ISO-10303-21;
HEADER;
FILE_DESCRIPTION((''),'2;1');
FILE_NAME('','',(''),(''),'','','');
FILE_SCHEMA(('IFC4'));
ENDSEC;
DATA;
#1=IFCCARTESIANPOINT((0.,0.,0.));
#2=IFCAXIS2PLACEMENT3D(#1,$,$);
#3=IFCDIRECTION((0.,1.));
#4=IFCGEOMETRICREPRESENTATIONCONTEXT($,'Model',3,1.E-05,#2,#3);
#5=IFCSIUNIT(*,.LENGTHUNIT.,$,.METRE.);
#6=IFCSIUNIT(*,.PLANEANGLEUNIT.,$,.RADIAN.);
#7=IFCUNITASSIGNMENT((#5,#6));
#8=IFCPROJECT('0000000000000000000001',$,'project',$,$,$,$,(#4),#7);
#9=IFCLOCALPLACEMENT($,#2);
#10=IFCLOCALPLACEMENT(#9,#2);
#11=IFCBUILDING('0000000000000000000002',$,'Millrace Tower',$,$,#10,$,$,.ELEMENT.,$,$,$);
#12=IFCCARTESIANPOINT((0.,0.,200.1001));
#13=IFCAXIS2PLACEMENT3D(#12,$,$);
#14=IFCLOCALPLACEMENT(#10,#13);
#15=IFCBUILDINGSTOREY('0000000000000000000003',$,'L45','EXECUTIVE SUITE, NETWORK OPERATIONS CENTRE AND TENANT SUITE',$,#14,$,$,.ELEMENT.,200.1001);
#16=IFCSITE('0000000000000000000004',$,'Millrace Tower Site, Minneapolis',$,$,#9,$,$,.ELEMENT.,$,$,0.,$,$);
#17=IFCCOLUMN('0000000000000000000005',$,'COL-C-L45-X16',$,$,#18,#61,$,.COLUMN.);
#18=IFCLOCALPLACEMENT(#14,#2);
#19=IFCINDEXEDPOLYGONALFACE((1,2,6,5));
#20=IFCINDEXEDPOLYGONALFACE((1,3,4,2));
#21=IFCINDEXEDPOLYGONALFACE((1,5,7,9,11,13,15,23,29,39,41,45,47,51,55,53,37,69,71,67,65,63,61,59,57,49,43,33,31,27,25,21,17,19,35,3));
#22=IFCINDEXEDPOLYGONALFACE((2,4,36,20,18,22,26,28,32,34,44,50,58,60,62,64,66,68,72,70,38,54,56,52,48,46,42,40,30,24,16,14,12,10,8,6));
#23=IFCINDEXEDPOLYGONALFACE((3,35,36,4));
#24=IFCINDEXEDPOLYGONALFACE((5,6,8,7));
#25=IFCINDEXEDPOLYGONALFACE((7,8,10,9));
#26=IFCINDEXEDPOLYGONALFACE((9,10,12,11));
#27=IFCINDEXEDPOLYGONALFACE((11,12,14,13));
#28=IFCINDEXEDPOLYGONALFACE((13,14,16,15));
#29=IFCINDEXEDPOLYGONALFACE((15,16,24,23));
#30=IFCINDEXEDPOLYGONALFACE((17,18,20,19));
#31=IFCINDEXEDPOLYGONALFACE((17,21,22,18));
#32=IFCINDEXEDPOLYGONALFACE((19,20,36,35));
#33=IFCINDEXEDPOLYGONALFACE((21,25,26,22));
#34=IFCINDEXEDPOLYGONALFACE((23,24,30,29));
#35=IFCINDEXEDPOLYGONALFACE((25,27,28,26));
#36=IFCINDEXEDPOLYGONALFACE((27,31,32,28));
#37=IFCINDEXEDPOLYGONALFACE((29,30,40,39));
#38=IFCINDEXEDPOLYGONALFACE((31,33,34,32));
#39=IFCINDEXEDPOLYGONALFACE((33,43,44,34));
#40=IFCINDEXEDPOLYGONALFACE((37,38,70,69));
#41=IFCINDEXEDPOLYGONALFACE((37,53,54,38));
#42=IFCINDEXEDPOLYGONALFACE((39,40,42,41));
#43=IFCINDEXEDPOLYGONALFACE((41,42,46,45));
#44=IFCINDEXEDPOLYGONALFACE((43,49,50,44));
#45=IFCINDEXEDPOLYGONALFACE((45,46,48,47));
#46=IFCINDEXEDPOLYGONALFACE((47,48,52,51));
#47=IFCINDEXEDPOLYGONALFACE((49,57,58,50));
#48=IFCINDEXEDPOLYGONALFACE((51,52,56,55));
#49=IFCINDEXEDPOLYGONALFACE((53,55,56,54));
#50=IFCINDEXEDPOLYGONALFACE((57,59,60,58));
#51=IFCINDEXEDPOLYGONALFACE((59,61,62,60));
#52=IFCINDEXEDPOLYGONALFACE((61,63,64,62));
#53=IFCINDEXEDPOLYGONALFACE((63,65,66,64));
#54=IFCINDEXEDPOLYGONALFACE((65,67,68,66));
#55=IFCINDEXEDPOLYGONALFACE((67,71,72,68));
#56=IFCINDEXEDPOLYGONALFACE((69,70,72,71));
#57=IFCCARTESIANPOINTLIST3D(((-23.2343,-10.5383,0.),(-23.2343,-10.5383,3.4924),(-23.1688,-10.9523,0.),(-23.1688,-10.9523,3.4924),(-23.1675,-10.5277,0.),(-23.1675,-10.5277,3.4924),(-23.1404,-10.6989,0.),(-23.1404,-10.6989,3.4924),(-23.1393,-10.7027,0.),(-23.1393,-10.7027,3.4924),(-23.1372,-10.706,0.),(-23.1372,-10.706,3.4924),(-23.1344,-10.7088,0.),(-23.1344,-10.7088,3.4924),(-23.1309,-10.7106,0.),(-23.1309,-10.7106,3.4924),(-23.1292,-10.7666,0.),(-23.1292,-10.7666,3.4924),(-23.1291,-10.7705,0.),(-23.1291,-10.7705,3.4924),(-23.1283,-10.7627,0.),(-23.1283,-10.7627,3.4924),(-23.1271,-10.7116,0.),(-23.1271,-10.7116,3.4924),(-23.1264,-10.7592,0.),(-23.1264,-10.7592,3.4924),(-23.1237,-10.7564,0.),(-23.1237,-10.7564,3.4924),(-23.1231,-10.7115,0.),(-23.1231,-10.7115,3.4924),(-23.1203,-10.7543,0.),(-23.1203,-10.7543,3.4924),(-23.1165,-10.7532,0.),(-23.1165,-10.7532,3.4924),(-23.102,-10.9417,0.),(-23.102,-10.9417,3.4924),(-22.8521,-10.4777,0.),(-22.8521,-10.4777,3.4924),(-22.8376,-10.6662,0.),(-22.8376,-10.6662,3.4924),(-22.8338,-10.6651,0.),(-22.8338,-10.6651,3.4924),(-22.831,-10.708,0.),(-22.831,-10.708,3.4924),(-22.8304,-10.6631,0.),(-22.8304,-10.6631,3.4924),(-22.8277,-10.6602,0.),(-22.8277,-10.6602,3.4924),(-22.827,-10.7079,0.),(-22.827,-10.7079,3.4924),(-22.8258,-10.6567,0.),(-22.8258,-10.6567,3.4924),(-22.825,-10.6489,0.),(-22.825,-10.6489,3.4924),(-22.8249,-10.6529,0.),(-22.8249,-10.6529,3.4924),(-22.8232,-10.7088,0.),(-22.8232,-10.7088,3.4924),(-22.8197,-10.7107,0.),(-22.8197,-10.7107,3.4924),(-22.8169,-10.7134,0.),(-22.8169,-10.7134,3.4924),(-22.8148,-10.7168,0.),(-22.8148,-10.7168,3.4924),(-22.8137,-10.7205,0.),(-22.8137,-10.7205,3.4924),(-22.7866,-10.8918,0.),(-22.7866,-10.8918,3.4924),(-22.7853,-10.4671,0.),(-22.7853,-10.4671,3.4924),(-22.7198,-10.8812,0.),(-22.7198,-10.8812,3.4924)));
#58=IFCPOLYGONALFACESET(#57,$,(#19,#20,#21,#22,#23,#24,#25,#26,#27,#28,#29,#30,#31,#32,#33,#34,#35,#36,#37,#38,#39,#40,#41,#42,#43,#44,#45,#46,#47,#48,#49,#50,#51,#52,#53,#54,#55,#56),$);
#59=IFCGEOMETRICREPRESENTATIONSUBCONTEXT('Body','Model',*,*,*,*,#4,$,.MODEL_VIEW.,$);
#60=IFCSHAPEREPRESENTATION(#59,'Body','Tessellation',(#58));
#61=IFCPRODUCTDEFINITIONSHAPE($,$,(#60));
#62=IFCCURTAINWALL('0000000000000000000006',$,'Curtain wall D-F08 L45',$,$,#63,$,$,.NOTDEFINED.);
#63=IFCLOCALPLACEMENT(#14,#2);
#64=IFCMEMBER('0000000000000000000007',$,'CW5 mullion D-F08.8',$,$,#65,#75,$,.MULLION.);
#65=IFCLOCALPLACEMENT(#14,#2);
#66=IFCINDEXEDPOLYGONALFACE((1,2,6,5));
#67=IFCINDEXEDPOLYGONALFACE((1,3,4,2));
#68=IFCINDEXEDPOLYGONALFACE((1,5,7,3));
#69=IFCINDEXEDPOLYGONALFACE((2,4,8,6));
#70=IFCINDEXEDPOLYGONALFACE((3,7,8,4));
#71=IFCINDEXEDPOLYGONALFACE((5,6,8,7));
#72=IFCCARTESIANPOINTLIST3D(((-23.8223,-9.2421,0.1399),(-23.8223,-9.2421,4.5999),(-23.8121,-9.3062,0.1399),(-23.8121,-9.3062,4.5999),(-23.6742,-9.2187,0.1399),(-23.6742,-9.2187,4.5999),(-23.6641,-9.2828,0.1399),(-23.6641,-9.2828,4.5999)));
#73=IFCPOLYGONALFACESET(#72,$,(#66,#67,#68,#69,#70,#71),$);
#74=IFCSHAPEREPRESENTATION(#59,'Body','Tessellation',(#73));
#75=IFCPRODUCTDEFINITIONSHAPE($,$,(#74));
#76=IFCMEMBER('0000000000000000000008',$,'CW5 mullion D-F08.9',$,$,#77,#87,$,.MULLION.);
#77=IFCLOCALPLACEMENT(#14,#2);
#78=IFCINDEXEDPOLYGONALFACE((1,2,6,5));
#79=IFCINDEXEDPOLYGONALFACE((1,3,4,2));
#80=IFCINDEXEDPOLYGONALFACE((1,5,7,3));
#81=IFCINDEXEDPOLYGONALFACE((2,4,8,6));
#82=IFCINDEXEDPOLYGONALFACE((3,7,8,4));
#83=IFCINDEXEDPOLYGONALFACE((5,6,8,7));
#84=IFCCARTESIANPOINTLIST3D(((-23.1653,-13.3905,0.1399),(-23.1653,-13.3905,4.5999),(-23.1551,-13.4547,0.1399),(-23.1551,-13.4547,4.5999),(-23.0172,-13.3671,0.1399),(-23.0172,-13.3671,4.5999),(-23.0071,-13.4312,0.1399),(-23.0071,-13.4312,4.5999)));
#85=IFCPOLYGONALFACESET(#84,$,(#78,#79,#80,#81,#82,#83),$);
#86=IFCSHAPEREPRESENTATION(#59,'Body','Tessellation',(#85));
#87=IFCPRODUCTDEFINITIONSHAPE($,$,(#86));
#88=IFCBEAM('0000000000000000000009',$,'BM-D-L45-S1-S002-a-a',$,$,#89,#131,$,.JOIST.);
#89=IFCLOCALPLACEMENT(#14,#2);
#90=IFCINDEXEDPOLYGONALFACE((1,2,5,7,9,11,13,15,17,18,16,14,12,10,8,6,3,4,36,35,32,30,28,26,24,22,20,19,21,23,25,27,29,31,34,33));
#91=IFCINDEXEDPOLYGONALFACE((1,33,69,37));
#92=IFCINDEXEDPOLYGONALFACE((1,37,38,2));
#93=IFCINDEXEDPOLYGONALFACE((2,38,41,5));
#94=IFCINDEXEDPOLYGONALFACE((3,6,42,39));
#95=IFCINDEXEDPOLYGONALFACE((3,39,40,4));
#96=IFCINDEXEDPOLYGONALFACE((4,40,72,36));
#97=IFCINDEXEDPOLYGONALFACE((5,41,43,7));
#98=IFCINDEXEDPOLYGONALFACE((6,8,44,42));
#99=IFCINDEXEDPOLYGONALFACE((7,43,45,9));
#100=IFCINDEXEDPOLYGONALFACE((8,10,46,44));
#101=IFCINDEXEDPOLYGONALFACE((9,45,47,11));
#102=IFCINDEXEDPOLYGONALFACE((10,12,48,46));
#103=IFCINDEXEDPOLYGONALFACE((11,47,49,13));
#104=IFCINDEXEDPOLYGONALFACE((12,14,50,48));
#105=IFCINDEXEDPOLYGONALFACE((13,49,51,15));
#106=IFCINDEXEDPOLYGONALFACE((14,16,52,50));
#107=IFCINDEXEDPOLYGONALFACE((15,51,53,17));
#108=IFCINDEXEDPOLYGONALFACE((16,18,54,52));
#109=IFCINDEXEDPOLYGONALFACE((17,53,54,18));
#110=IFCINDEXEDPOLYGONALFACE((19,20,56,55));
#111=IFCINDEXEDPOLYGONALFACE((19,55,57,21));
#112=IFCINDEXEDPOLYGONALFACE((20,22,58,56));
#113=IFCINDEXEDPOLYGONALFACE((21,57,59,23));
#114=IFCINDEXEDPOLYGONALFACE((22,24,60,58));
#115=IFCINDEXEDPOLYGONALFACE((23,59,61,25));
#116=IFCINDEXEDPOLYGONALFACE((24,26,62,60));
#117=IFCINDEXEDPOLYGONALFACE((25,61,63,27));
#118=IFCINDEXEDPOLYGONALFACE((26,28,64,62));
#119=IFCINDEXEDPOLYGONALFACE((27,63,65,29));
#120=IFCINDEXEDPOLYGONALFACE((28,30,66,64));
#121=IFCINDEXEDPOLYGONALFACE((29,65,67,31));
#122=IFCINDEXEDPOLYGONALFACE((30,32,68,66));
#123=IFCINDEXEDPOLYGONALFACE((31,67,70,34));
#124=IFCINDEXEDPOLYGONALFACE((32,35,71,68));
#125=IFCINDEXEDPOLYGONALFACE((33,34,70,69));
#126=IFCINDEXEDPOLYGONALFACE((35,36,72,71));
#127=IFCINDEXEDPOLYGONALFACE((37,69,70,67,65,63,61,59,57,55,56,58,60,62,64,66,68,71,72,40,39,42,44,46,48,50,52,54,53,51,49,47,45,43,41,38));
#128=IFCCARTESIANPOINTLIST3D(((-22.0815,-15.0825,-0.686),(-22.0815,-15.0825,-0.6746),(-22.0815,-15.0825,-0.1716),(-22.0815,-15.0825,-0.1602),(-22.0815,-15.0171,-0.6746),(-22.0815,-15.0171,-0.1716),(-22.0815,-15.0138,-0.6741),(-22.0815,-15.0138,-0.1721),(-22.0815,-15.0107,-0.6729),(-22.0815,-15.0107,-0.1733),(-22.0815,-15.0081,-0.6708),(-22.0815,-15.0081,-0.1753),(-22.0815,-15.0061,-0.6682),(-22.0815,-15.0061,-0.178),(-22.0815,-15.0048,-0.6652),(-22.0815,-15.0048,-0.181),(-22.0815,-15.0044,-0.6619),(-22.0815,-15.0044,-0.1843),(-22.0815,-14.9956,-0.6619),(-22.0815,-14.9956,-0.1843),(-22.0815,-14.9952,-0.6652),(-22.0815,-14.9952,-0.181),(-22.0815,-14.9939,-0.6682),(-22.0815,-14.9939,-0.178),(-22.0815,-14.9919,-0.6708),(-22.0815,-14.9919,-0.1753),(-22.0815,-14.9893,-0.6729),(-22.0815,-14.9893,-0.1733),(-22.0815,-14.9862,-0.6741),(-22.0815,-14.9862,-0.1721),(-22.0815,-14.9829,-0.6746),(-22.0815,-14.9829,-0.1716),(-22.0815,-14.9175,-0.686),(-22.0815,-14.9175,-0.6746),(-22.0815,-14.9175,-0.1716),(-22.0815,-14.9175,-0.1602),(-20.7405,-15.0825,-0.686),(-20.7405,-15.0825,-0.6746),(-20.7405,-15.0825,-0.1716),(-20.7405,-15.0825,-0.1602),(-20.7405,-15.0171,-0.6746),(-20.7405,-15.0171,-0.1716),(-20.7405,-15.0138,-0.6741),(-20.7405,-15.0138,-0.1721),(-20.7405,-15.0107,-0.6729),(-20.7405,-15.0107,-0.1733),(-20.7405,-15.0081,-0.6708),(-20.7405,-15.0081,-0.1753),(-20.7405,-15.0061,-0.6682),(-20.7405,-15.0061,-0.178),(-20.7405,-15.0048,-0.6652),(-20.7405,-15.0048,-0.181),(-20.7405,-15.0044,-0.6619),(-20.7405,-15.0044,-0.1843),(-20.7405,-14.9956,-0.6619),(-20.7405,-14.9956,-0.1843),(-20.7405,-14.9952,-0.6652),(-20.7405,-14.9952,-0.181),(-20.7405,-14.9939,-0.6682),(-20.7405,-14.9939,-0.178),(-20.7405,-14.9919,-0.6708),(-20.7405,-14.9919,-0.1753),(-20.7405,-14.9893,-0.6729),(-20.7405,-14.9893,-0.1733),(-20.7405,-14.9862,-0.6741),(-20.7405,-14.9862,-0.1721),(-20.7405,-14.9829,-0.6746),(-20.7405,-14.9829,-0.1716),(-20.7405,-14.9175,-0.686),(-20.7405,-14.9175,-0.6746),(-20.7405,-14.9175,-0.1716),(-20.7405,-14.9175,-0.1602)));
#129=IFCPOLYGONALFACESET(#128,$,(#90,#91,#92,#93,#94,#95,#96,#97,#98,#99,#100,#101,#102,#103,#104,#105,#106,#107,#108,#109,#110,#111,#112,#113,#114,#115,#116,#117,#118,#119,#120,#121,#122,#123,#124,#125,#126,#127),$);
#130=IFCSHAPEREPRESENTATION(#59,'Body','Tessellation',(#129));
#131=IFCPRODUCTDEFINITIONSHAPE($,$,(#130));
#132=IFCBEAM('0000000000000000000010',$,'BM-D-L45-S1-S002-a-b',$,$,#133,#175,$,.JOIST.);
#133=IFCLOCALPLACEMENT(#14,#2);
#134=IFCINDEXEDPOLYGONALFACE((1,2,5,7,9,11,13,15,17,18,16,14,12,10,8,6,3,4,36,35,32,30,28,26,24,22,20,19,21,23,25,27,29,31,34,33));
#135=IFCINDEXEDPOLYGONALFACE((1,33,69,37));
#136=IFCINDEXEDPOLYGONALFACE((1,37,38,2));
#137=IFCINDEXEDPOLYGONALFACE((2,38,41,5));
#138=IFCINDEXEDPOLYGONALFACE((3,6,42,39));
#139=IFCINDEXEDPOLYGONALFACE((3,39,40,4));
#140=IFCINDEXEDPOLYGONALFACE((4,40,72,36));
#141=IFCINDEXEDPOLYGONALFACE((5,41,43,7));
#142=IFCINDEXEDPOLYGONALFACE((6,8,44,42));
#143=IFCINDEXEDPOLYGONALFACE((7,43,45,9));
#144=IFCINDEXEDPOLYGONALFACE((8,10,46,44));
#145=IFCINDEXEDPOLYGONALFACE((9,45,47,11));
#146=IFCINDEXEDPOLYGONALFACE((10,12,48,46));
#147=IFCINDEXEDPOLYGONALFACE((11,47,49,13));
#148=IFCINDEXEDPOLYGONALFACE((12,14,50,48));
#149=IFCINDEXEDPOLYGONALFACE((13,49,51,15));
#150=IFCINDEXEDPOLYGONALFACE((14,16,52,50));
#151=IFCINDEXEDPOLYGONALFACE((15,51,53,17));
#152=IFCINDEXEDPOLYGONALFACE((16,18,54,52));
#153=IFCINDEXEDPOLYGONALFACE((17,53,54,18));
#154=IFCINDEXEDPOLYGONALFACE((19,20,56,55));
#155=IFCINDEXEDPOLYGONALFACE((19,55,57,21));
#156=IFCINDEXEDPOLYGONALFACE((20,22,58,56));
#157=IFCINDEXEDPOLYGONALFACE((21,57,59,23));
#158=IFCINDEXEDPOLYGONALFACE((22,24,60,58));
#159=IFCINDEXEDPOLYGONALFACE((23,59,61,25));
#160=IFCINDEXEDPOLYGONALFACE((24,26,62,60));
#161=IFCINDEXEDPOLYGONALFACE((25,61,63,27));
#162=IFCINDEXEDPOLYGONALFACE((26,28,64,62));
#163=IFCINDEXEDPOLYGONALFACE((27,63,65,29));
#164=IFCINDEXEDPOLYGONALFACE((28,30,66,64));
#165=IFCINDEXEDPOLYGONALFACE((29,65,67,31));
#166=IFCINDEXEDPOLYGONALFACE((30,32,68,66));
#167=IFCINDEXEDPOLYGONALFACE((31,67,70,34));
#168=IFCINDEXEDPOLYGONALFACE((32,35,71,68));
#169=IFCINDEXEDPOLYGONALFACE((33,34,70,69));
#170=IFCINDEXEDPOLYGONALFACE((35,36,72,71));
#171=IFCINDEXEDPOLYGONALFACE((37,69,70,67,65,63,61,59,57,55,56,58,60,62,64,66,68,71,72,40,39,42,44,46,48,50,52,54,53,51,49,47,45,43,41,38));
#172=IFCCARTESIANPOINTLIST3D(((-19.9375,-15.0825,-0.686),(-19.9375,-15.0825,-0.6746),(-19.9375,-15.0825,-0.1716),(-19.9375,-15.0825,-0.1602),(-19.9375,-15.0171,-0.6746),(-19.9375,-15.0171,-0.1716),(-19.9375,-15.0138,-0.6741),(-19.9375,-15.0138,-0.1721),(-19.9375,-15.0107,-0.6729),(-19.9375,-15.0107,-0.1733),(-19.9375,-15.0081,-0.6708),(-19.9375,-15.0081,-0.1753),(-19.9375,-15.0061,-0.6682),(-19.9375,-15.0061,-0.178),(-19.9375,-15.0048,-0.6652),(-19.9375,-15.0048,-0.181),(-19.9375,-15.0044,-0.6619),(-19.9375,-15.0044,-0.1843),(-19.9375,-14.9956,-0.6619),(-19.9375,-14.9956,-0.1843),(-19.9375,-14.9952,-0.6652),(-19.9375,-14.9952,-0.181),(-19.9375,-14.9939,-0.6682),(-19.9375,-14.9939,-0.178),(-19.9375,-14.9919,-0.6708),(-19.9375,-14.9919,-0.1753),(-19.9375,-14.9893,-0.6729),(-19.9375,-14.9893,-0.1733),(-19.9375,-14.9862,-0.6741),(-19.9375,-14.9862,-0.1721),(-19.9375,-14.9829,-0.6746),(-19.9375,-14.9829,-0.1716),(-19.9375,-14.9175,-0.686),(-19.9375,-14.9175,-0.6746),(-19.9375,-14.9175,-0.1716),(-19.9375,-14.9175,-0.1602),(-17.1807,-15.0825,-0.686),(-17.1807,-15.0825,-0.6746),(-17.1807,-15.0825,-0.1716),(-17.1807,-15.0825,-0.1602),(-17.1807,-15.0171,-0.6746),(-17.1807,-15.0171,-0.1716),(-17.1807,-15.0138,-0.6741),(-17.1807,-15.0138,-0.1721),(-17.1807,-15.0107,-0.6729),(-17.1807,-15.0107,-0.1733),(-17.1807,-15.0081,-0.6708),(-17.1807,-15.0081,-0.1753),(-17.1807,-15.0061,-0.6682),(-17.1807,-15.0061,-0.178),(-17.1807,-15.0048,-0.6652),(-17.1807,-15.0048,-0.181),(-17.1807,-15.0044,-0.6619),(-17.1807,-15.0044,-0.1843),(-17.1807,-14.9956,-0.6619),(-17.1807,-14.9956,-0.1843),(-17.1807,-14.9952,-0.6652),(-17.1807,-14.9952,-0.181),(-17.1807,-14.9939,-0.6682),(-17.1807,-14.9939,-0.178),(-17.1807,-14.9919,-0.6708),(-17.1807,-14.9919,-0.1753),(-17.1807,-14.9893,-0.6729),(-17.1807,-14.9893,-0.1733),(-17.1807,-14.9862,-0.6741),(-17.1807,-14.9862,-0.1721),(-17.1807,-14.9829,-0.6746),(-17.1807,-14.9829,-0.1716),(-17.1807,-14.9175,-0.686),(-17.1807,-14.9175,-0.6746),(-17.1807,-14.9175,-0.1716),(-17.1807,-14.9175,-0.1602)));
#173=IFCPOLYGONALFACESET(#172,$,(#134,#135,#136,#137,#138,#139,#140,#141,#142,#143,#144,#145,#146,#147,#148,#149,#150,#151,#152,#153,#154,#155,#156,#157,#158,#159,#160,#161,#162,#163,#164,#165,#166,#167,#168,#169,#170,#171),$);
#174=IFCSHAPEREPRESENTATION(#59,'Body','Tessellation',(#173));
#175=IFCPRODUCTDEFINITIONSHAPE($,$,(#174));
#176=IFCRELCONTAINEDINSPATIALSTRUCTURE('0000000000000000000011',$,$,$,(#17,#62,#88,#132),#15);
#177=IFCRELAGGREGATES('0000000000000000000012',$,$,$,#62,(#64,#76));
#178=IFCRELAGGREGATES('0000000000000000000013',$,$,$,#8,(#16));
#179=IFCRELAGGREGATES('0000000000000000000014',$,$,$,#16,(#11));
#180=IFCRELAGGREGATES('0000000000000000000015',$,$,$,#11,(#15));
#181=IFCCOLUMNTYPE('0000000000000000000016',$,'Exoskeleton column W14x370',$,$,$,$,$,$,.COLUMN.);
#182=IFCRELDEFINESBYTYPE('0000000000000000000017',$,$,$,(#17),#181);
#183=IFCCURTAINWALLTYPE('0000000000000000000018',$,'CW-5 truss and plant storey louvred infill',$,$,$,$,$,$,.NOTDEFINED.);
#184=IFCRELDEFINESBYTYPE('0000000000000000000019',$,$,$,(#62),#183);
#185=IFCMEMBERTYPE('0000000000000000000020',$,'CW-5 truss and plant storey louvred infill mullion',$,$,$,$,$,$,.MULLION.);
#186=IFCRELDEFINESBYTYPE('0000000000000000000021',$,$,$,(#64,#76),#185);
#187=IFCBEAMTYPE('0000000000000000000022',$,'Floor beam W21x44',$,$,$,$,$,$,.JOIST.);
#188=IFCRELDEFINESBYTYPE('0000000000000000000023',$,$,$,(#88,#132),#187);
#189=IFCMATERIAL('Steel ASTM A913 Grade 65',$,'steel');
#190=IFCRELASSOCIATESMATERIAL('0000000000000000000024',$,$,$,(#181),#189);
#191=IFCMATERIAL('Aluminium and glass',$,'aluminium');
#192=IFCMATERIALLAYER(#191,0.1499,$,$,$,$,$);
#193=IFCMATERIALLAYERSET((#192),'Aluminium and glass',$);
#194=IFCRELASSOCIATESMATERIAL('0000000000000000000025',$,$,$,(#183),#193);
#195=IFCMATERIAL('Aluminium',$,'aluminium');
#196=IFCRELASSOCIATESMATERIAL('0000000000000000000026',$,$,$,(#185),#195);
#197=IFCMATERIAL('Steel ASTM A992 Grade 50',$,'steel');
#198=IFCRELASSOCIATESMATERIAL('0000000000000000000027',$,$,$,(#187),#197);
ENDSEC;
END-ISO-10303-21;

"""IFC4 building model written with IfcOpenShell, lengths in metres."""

from ifc_helpers import new_model, si_unit, direction, frame, origin, origin_2d, place, context, subcontext, project, spatial, rectangle, i_section, extrude, material, layer, layer_set, material_profile, profile_set, type_object, element, aggregate, save


model = new_model("IFC4")

# Units and contexts
model_context = context("Model", 3, precision=1e-05, world=origin(), true_north=direction((0.0, 1.0)))
body_context = subcontext(model_context, "Body", "Model", "MODEL_VIEW")
ifc_project = project(units=[si_unit("LENGTHUNIT", "METRE"), si_unit("PLANEANGLEUNIT", "RADIAN")], contexts=[model_context])

# Site, building, storey
site_placement = place(None, origin())
site = spatial("IfcSite", under=ifc_project, at=site_placement, Name="Millrace Tower Site, Minneapolis", CompositionType="ELEMENT", RefElevation=0.0)
building_placement = place(site_placement, origin())
building = spatial("IfcBuilding", under=site, at=building_placement, Name="Millrace Tower", CompositionType="ELEMENT")
storey_placement = place(building_placement, frame((0.0, 0.0, 200.1001)))
storey = spatial("IfcBuildingStorey", under=building, at=storey_placement, Name="L45", Description="EXECUTIVE SUITE, NETWORK OPERATIONS CENTRE AND TENANT SUITE", CompositionType="ELEMENT", Elevation=200.1001)

# Column
ifc_material_1 = material(Name="Steel ASTM A913 Grade 65", Category="steel")
ifc_material_profile_1 = material_profile(ifc_material_1, i_section(OverallWidth=0.4192, OverallDepth=0.4546, WebThickness=0.0422, FlangeThickness=0.0676, FilletRadius=0.0151, at=origin_2d()))
ifc_profile_set_1 = profile_set([ifc_material_profile_1], Name="Steel ASTM A913 Grade 65")
column_type = type_object("IfcColumnType", Name="Exoskeleton column W14x370", PredefinedType="COLUMN", material=ifc_profile_set_1)
column_placement = place(storey_placement, frame((-22.9771, -10.7097, 0.0), z_axis=(0.0, 0.0, 1.0), x_axis=(0.156434, -0.987688, 0.0)))
element("IfcColumn", 1, at=column_placement, inside=storey, type_object=column_type, Name="COL-C-L45-X16", PredefinedType="COLUMN", context=body_context, shape_type="SweptSolid", body=[
    extrude(i_section(OverallWidth=0.4192, OverallDepth=0.4546, WebThickness=0.0422, FlangeThickness=0.0676, FilletRadius=0.0151, at=origin_2d()), origin(), (0.0, 0.0, 1.0), 3.4924),
])

# Curtain wall, members
ifc_material_2 = material(Name="Aluminium and glass", Category="aluminium")
ifc_layer_1 = layer(ifc_material_2, 0.1499)
ifc_layer_set_1 = layer_set([ifc_layer_1], Name="Aluminium and glass")
curtain_wall_type = type_object("IfcCurtainWallType", Name="CW-5 truss and plant storey louvred infill", PredefinedType="NOTDEFINED", material=ifc_layer_set_1)
curtain_wall_placement = place(storey_placement, origin())
curtain_wall = element("IfcCurtainWall", 2, at=curtain_wall_placement, inside=storey, type_object=curtain_wall_type, Name="Curtain wall D-F08 L45", PredefinedType="NOTDEFINED")
ifc_material_3 = material(Name="Aluminium", Category="aluminium")
ifc_material_profile_2 = material_profile(ifc_material_3, rectangle(XDim=0.0649, YDim=0.1499, at=origin_2d()))
ifc_profile_set_2 = profile_set([ifc_material_profile_2], Name="Aluminium")
member_type_1 = type_object("IfcMemberType", Name="CW-5 truss and plant storey louvred infill mullion", PredefinedType="MULLION", material=ifc_profile_set_2)
member_1_placement = place(storey_placement, frame((-23.7432, -9.2625, 0.1399), z_axis=(0.0, 0.0, 1.0), x_axis=(0.156434, -0.987688, 0.0)))
member_1 = element("IfcMember", 3, at=member_1_placement, type_object=member_type_1, Name="CW5 mullion D-F08.8", PredefinedType="MULLION", context=body_context, shape_type="SweptSolid", body=[
    extrude(rectangle(XDim=0.0649, YDim=0.1499, at=origin_2d()), origin(), (0.0, 0.0, 1.0), 4.46),
])
member_2_placement = place(storey_placement, frame((-23.0862, -13.4109, 0.1399), z_axis=(0.0, 0.0, 1.0), x_axis=(0.156434, -0.987688, 0.0)))
member_2 = element("IfcMember", 4, at=member_2_placement, type_object=member_type_1, Name="CW5 mullion D-F08.9", PredefinedType="MULLION", context=body_context, shape_type="SweptSolid", body=[
    extrude(rectangle(XDim=0.0649, YDim=0.1499, at=origin_2d()), origin(), (0.0, 0.0, 1.0), 4.46),
])
aggregate(curtain_wall, [member_1, member_2])

# Beams
ifc_material_4 = material(Name="Steel ASTM A992 Grade 50", Category="steel")
ifc_material_profile_3 = material_profile(ifc_material_4, i_section(OverallWidth=0.165, OverallDepth=0.5259, WebThickness=0.0088, FlangeThickness=0.0115, FilletRadius=0.0127, at=origin_2d()))
ifc_profile_set_3 = profile_set([ifc_material_profile_3], Name="Steel ASTM A992 Grade 50")
beam_type_1 = type_object("IfcBeamType", Name="Floor beam W21x44", PredefinedType="JOIST", material=ifc_profile_set_3)
beam_1_placement = place(storey_placement, frame((-22.0815, -15.0, -0.4231), z_axis=(1.0, 0.0, 0.0), x_axis=(0.0, 1.0, 0.0)))
element("IfcBeam", 5, at=beam_1_placement, inside=storey, type_object=beam_type_1, Name="BM-D-L45-S1-S002-a-a", PredefinedType="JOIST", context=body_context, shape_type="SweptSolid", body=[
    extrude(i_section(OverallWidth=0.165, OverallDepth=0.5259, WebThickness=0.0088, FlangeThickness=0.0115, FilletRadius=0.0127, at=origin_2d()), origin(), (0.0, 0.0, 1.0), 1.3411),
])
beam_2_placement = place(storey_placement, frame((-19.9375, -15.0, -0.4231), z_axis=(1.0, 0.0, 0.0), x_axis=(0.0, 1.0, 0.0)))
element("IfcBeam", 6, at=beam_2_placement, inside=storey, type_object=beam_type_1, Name="BM-D-L45-S1-S002-a-b", PredefinedType="JOIST", context=body_context, shape_type="SweptSolid", body=[
    extrude(i_section(OverallWidth=0.165, OverallDepth=0.5259, WebThickness=0.0088, FlangeThickness=0.0115, FilletRadius=0.0127, at=origin_2d()), origin(), (0.0, 0.0, 1.0), 2.7568),
])

save(model, "model.ifc")
